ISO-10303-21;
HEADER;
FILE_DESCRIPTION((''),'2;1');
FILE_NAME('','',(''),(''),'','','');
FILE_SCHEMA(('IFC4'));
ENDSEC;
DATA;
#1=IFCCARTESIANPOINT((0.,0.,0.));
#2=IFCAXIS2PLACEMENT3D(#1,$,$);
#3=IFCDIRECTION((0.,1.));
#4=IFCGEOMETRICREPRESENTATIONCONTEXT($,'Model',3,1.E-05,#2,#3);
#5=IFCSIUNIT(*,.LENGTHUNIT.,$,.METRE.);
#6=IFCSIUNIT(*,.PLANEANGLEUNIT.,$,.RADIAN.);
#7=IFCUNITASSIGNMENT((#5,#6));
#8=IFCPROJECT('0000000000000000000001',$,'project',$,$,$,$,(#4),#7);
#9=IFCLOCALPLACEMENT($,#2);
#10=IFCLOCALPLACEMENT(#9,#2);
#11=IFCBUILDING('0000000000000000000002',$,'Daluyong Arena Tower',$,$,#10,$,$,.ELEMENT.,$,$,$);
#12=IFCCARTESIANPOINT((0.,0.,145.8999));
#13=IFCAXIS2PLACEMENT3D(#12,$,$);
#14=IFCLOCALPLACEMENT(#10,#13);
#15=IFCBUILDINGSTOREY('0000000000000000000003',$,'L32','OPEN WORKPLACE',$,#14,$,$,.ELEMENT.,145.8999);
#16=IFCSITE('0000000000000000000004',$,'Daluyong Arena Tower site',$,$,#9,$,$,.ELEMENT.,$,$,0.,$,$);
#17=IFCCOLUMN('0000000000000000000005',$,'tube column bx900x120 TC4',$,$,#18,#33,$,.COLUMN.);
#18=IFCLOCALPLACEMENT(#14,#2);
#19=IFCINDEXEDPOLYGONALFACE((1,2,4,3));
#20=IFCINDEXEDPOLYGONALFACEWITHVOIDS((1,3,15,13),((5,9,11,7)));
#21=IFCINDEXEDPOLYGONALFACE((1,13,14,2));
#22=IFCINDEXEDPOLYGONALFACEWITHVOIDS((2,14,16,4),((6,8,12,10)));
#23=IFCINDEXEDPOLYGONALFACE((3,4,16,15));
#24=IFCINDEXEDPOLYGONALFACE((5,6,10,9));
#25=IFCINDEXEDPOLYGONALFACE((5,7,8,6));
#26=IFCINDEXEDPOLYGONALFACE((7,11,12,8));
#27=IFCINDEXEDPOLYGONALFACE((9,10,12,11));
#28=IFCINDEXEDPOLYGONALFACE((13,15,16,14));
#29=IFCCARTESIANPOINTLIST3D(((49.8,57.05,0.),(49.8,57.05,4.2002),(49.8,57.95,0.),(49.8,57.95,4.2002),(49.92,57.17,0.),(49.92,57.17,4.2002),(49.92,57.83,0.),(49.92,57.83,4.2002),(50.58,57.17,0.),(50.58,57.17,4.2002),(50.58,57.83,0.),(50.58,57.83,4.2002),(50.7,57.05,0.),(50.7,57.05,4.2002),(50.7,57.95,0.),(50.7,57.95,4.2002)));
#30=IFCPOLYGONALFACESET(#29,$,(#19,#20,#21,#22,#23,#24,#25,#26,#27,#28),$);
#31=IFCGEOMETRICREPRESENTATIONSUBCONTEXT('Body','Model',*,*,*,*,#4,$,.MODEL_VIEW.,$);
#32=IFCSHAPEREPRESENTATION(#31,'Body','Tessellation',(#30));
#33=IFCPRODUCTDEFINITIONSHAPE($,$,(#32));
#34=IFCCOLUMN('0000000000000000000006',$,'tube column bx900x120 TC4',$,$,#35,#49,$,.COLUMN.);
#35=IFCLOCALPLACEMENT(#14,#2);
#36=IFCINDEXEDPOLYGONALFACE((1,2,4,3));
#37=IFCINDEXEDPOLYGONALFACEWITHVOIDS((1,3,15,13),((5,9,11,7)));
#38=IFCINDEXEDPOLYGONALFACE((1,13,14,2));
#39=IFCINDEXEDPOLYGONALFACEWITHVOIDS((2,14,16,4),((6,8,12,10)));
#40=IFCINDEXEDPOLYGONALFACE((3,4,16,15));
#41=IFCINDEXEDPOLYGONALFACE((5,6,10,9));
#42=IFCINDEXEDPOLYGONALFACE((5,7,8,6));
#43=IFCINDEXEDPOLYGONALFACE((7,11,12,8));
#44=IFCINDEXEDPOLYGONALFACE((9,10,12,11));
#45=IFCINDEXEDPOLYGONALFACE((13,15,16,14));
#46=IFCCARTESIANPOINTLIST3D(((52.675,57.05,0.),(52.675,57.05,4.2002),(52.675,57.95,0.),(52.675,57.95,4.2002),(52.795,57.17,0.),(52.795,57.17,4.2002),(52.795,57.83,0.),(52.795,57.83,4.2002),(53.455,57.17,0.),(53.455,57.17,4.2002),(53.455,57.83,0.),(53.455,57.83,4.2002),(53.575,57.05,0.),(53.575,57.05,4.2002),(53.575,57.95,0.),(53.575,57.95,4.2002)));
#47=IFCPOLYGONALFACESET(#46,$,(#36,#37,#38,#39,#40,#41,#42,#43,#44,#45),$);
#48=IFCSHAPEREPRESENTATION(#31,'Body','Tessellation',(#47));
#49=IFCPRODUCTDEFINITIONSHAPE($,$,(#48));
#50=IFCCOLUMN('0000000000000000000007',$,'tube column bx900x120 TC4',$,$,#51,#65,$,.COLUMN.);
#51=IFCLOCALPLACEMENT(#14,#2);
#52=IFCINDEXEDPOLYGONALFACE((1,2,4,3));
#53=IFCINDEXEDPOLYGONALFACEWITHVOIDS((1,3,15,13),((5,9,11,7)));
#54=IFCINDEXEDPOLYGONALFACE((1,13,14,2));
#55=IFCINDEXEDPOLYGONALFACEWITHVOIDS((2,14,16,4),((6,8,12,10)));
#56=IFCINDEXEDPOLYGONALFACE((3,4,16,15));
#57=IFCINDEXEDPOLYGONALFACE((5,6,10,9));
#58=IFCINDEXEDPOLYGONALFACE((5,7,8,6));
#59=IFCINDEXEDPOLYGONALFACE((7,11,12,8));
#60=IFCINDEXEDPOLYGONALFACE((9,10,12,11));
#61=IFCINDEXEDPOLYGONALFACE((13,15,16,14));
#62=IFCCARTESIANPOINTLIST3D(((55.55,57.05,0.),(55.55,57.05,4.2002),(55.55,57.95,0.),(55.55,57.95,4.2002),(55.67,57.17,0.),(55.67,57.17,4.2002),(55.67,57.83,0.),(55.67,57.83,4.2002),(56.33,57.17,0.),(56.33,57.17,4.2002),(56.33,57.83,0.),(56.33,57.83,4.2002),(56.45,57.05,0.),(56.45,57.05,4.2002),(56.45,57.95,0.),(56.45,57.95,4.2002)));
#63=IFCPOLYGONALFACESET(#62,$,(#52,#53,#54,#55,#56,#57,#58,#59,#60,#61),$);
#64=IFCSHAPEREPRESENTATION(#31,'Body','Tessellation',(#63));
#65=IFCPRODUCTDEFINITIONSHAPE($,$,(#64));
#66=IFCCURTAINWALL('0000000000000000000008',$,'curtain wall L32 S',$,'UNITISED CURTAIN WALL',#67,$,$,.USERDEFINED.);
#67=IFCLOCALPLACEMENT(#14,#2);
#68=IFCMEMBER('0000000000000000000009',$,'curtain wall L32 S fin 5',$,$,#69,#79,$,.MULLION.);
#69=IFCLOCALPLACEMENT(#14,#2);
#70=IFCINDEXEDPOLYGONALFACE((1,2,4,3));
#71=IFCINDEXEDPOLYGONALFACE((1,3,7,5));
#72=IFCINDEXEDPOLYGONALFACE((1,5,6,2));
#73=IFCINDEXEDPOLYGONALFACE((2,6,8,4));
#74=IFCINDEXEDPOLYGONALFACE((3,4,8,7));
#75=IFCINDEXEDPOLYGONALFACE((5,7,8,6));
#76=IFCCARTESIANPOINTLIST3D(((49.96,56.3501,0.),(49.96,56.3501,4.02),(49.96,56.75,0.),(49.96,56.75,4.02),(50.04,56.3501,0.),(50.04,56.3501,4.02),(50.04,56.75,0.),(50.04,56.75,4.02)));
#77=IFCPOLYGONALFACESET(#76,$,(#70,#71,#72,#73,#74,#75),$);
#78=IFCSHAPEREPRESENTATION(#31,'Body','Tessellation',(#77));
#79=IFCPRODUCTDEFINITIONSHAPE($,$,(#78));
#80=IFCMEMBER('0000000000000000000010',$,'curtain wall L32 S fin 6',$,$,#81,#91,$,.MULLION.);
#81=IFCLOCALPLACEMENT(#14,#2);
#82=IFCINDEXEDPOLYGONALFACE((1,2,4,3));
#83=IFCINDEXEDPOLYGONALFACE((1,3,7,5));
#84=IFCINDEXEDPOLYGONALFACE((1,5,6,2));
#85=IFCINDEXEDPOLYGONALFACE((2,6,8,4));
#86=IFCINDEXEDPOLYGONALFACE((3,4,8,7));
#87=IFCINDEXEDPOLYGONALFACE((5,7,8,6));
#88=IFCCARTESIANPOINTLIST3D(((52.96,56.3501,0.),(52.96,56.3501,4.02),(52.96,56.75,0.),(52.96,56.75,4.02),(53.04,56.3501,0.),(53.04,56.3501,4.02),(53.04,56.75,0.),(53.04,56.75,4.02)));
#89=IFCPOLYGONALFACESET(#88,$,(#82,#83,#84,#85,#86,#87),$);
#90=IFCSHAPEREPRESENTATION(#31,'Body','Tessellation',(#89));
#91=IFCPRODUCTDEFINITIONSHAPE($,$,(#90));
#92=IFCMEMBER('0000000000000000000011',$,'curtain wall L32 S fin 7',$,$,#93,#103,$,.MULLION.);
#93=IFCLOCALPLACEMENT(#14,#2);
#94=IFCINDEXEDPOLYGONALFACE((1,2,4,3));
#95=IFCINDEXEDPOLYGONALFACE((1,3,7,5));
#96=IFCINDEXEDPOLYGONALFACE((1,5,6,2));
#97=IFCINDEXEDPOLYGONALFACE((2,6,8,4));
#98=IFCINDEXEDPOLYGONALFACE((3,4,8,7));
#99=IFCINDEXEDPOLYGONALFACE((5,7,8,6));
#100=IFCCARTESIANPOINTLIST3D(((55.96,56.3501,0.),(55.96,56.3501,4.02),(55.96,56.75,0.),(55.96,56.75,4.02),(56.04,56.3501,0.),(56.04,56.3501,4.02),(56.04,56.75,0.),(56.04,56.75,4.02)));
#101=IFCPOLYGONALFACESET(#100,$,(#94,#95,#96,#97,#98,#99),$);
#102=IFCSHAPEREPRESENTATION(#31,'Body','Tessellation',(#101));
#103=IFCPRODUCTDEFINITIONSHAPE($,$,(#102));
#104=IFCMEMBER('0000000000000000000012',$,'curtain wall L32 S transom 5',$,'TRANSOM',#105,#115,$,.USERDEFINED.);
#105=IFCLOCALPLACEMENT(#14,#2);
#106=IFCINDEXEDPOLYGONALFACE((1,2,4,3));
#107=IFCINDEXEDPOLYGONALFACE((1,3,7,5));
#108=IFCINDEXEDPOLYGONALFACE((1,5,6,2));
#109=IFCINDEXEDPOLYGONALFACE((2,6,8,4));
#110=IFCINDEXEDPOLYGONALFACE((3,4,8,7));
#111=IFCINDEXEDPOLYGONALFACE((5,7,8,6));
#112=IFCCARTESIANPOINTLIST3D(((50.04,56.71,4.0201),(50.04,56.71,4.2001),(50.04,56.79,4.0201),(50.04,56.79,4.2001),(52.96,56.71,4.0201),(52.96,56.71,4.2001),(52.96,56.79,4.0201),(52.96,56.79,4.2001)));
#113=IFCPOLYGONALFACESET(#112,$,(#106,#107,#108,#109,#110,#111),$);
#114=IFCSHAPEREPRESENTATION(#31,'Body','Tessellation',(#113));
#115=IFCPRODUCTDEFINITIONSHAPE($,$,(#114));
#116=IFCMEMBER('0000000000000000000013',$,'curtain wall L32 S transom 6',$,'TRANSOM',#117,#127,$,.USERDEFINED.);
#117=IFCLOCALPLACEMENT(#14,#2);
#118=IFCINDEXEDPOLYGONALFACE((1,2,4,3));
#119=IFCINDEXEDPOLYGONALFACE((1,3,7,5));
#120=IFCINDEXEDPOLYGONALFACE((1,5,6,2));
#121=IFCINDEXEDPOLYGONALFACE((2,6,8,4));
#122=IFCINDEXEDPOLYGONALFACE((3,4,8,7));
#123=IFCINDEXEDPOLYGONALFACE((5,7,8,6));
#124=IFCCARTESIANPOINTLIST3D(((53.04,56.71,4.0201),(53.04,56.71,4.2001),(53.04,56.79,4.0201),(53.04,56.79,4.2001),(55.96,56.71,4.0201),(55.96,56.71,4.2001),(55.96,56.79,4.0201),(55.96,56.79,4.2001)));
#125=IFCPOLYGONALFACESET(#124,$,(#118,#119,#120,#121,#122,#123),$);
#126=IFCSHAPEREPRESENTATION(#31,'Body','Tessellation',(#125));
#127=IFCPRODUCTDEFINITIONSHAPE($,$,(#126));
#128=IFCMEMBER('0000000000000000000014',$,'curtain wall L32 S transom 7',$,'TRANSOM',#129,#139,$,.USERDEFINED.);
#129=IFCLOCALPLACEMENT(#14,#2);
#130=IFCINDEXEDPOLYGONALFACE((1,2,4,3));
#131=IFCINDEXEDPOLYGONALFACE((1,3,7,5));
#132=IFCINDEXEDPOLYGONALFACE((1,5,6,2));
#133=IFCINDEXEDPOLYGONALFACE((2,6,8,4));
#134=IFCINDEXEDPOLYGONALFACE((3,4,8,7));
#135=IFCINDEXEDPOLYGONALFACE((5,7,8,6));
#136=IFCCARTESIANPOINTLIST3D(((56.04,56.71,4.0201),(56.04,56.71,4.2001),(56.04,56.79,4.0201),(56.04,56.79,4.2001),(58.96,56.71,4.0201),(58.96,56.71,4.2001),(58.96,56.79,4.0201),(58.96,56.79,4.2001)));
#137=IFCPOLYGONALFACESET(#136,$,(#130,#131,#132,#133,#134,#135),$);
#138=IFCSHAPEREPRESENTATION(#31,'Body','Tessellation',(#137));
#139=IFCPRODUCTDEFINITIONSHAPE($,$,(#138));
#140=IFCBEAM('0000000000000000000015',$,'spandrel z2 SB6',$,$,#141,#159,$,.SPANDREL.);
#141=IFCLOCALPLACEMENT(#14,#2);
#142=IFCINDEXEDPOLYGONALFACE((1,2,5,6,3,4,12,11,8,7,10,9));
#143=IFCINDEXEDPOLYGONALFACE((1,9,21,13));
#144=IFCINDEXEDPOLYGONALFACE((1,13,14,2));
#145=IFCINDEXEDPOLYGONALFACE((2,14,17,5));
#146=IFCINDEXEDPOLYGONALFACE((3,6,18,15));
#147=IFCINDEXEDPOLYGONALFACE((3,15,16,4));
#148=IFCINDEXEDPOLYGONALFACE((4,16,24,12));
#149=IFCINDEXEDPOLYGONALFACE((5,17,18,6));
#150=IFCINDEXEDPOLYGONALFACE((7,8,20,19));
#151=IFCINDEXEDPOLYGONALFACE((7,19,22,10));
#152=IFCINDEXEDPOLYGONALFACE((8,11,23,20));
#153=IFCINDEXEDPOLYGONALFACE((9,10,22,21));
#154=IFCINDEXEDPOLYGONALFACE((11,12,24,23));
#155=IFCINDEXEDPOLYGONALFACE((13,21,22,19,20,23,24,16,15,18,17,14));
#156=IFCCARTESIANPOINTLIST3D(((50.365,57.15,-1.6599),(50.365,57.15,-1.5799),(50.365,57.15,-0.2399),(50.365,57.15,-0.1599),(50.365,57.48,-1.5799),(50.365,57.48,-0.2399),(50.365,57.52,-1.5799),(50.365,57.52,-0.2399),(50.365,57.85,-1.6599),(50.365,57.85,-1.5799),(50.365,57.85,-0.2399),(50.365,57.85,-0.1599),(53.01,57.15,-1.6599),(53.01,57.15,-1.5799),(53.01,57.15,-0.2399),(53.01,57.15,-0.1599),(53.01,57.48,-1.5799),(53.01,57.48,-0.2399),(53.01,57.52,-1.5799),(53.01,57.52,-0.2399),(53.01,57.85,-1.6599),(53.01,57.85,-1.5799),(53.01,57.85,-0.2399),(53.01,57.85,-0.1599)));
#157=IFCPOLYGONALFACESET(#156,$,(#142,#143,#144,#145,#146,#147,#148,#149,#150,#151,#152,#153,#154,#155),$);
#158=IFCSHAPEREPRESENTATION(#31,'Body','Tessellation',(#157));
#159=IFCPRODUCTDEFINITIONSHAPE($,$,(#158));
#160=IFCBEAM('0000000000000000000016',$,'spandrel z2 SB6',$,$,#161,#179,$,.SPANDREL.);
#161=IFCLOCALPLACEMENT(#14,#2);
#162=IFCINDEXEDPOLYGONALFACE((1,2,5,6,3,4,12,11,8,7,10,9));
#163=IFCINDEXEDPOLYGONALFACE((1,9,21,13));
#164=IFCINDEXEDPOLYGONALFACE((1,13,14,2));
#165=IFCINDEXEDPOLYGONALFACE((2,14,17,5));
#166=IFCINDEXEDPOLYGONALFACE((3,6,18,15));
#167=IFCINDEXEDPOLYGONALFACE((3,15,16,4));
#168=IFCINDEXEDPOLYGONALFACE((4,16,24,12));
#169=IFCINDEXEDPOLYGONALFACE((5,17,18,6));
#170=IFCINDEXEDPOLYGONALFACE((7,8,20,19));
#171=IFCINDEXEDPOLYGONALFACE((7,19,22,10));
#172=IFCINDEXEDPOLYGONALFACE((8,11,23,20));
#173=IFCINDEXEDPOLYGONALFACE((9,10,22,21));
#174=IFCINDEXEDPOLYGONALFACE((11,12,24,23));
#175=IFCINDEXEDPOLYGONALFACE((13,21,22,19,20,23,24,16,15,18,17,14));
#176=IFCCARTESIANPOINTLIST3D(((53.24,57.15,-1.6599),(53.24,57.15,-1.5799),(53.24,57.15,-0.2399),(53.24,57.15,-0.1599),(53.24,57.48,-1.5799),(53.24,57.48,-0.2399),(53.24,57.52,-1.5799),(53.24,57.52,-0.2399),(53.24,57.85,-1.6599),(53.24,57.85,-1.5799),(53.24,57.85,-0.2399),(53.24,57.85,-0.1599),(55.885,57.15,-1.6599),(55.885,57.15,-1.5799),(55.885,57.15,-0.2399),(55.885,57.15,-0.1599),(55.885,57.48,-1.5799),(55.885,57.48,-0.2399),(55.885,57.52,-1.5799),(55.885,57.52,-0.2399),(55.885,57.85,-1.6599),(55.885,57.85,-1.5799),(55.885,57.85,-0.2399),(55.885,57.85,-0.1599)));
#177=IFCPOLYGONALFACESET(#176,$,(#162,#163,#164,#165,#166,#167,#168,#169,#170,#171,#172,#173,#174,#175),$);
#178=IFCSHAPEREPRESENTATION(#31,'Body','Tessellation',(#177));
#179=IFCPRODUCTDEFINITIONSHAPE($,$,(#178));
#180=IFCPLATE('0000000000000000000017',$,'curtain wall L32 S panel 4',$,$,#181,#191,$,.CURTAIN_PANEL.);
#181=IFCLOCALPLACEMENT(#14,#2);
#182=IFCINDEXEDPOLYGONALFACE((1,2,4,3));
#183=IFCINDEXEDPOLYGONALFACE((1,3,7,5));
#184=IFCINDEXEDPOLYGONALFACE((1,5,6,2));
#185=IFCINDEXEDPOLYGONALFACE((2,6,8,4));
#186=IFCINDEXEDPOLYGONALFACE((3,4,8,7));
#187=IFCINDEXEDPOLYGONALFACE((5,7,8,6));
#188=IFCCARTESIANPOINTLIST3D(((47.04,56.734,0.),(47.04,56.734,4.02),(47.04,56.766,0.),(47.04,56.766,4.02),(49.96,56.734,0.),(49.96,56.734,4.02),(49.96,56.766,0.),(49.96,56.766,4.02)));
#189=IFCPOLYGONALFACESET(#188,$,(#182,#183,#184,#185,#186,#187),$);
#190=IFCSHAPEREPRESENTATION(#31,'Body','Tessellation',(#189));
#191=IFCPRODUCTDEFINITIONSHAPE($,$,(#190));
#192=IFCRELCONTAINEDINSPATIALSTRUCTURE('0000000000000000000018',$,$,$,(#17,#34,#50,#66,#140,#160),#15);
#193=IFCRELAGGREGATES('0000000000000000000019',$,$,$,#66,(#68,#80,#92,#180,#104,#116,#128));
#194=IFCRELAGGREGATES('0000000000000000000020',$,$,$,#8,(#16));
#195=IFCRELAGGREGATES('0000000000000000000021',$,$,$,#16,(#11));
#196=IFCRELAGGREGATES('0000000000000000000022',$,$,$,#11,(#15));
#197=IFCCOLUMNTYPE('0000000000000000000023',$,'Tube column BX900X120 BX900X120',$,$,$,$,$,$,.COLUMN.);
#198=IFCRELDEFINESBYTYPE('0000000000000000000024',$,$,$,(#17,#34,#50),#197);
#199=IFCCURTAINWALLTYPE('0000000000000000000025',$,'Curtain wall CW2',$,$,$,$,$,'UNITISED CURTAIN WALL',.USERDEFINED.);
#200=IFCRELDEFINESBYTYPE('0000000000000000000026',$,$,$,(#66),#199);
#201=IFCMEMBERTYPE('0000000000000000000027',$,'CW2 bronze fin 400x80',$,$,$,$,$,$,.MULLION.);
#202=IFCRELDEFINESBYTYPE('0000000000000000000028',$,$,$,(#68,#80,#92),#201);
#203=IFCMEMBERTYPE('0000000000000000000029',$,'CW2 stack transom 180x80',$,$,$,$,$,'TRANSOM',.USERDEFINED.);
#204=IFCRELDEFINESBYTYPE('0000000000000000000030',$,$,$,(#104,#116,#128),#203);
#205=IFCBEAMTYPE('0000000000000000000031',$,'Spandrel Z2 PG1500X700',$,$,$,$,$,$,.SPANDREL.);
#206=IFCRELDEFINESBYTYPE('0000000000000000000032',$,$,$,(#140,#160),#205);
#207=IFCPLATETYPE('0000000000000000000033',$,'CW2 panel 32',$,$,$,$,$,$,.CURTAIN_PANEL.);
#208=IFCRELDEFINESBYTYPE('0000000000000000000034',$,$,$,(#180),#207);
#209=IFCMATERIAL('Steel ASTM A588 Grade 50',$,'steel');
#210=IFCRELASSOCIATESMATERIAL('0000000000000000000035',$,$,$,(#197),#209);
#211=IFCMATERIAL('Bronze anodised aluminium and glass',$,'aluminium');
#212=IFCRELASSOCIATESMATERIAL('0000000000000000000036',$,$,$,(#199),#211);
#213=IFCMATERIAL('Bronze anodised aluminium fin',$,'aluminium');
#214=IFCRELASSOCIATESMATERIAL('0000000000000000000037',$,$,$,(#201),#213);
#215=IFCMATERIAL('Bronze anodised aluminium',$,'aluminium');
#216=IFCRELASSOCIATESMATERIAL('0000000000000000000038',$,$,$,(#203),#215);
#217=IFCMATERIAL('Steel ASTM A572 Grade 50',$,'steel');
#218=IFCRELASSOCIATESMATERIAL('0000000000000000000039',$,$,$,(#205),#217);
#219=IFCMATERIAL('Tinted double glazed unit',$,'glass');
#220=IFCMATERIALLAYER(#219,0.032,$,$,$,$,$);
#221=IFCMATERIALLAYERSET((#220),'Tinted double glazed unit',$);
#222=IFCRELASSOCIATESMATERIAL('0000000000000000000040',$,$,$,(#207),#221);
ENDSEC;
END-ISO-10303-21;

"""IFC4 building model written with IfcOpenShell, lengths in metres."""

from ifc_helpers import new_model, si_unit, direction, frame, origin, origin_2d, place, context, subcontext, project, spatial, rectangle, hollow_rectangle, i_section, extrude, material, layer, layer_set, material_profile, profile_set, type_object, element, aggregate, save


model = new_model("IFC4")

# Units and contexts
model_context = context("Model", 3, precision=1e-05, world=origin(), true_north=direction((0.0, 1.0)))
body_context = subcontext(model_context, "Body", "Model", "MODEL_VIEW")
ifc_project = project(units=[si_unit("LENGTHUNIT", "METRE"), si_unit("PLANEANGLEUNIT", "RADIAN")], contexts=[model_context])

# Site, building, storey
site_placement = place(None, origin())
site = spatial("IfcSite", under=ifc_project, at=site_placement, Name="Daluyong Arena Tower site", CompositionType="ELEMENT", RefElevation=0.0)
building_placement = place(site_placement, origin())
building = spatial("IfcBuilding", under=site, at=building_placement, Name="Daluyong Arena Tower", CompositionType="ELEMENT")
storey_placement = place(building_placement, frame((0.0, 0.0, 145.8999)))
storey = spatial("IfcBuildingStorey", under=building, at=storey_placement, Name="L32", Description="OPEN WORKPLACE", CompositionType="ELEMENT", Elevation=145.8999)

# Columns
ifc_material_1 = material(Name="Steel ASTM A588 Grade 50", Category="steel")
ifc_material_profile_1 = material_profile(ifc_material_1, hollow_rectangle(XDim=0.8999, YDim=0.8999, WallThickness=0.12, at=origin_2d()))
ifc_profile_set_1 = profile_set([ifc_material_profile_1], Name="Steel ASTM A588 Grade 50")
column_type = type_object("IfcColumnType", Name="Tube column BX900X120 BX900X120", PredefinedType="COLUMN", material=ifc_profile_set_1)
for number, where, z_axis, x_axis, name in (
    (1, (50.25, 57.5, 0.0), (0.0, 0.0, 1.0), (1.0, 0.0, 0.0), "tube column bx900x120 TC4"),
    (2, (53.125, 57.5, 0.0), (0.0, 0.0, 1.0), (1.0, 0.0, 0.0), "tube column bx900x120 TC4"),
    (3, (56.0, 57.5, 0.0), (0.0, 0.0, 1.0), (1.0, 0.0, 0.0), "tube column bx900x120 TC4"),
):
    element("IfcColumn", number, at=place(storey_placement, frame(where, z_axis=z_axis, x_axis=x_axis)), inside=storey, type_object=column_type, Name=name, PredefinedType="COLUMN", context=body_context, shape_type="SweptSolid", body=[
        extrude(hollow_rectangle(XDim=0.8999, YDim=0.8999, WallThickness=0.12, at=origin_2d()), origin(), (0.0, 0.0, 1.0), 4.2002),
    ])

# Curtain wall, members
ifc_material_2 = material(Name="Bronze anodised aluminium and glass", Category="aluminium")
curtain_wall_type = type_object("IfcCurtainWallType", Name="Curtain wall CW2", ElementType="UNITISED CURTAIN WALL", PredefinedType="USERDEFINED", material=ifc_material_2)
curtain_wall_placement = place(storey_placement, origin())
curtain_wall = element("IfcCurtainWall", 4, at=curtain_wall_placement, inside=storey, type_object=curtain_wall_type, Name="curtain wall L32 S", ObjectType="UNITISED CURTAIN WALL", PredefinedType="USERDEFINED")
ifc_material_3 = material(Name="Bronze anodised aluminium fin", Category="aluminium")
ifc_material_profile_2 = material_profile(ifc_material_3, rectangle(XDim=0.3999, YDim=0.0801, at=origin_2d()))
ifc_profile_set_2 = profile_set([ifc_material_profile_2], Name="Bronze anodised aluminium fin")
member_type_1 = type_object("IfcMemberType", Name="CW2 bronze fin 400x80", PredefinedType="MULLION", material=ifc_profile_set_2)
member_1_placement = place(storey_placement, frame((50.0, 56.55, 0.0), z_axis=(0.0, 0.0, 1.0), x_axis=(0.0, 1.0, 0.0)))
member_1 = element("IfcMember", 5, at=member_1_placement, type_object=member_type_1, Name="curtain wall L32 S fin 5", PredefinedType="MULLION", context=body_context, shape_type="SweptSolid", body=[
    extrude(rectangle(XDim=0.3999, YDim=0.0801, at=origin_2d()), origin(), (0.0, 0.0, 1.0), 4.02),
])
member_2_placement = place(storey_placement, frame((53.0, 56.55, 0.0), z_axis=(0.0, 0.0, 1.0), x_axis=(0.0, 1.0, 0.0)))
member_2 = element("IfcMember", 6, at=member_2_placement, type_object=member_type_1, Name="curtain wall L32 S fin 6", PredefinedType="MULLION", context=body_context, shape_type="SweptSolid", body=[
    extrude(rectangle(XDim=0.3999, YDim=0.0801, at=origin_2d()), origin(), (0.0, 0.0, 1.0), 4.02),
])
member_3_placement = place(storey_placement, frame((56.0, 56.55, 0.0), z_axis=(0.0, 0.0, 1.0), x_axis=(0.0, 1.0, 0.0)))
member_3 = element("IfcMember", 7, at=member_3_placement, type_object=member_type_1, Name="curtain wall L32 S fin 7", PredefinedType="MULLION", context=body_context, shape_type="SweptSolid", body=[
    extrude(rectangle(XDim=0.3999, YDim=0.0801, at=origin_2d()), origin(), (0.0, 0.0, 1.0), 4.02),
])
ifc_material_4 = material(Name="Bronze anodised aluminium", Category="aluminium")
ifc_material_profile_3 = material_profile(ifc_material_4, rectangle(XDim=0.0801, YDim=0.1799, at=origin_2d()))
ifc_profile_set_3 = profile_set([ifc_material_profile_3], Name="Bronze anodised aluminium")
member_type_2 = type_object("IfcMemberType", Name="CW2 stack transom 180x80", ElementType="TRANSOM", PredefinedType="USERDEFINED", material=ifc_profile_set_3)
member_4_placement = place(storey_placement, frame((50.04, 56.75, 4.1101), z_axis=(1.0, 0.0, 0.0), x_axis=(0.0, 1.0, 0.0)))
member_4 = element("IfcMember", 8, at=member_4_placement, type_object=member_type_2, Name="curtain wall L32 S transom 5", ObjectType="TRANSOM", PredefinedType="USERDEFINED", context=body_context, shape_type="SweptSolid", body=[
    extrude(rectangle(XDim=0.0801, YDim=0.1799, at=origin_2d()), origin(), (0.0, 0.0, 1.0), 2.9199),
])
member_5_placement = place(storey_placement, frame((53.04, 56.75, 4.1101), z_axis=(1.0, 0.0, 0.0), x_axis=(0.0, 1.0, 0.0)))
member_5 = element("IfcMember", 9, at=member_5_placement, type_object=member_type_2, Name="curtain wall L32 S transom 6", ObjectType="TRANSOM", PredefinedType="USERDEFINED", context=body_context, shape_type="SweptSolid", body=[
    extrude(rectangle(XDim=0.0801, YDim=0.1799, at=origin_2d()), origin(), (0.0, 0.0, 1.0), 2.9199),
])
member_6_placement = place(storey_placement, frame((56.04, 56.75, 4.1101), z_axis=(1.0, 0.0, 0.0), x_axis=(0.0, 1.0, 0.0)))
member_6 = element("IfcMember", 10, at=member_6_placement, type_object=member_type_2, Name="curtain wall L32 S transom 7", ObjectType="TRANSOM", PredefinedType="USERDEFINED", context=body_context, shape_type="SweptSolid", body=[
    extrude(rectangle(XDim=0.0801, YDim=0.1799, at=origin_2d()), origin(), (0.0, 0.0, 1.0), 2.9199),
])

# Beams
ifc_material_5 = material(Name="Steel ASTM A572 Grade 50", Category="steel")
ifc_material_profile_4 = material_profile(ifc_material_5, i_section(OverallWidth=0.7, OverallDepth=1.5, WebThickness=0.04, FlangeThickness=0.08, at=origin_2d()))
ifc_profile_set_4 = profile_set([ifc_material_profile_4], Name="Steel ASTM A572 Grade 50")
beam_type = type_object("IfcBeamType", Name="Spandrel Z2 PG1500X700", PredefinedType="SPANDREL", material=ifc_profile_set_4)
for number, where, z_axis, x_axis, name in (
    (11, (50.365, 57.5, -0.9099), (1.0, 0.0, 0.0), (0.0, 1.0, 0.0), "spandrel z2 SB6"),
    (12, (53.24, 57.5, -0.9099), (1.0, 0.0, 0.0), (0.0, 1.0, 0.0), "spandrel z2 SB6"),
):
    element("IfcBeam", number, at=place(storey_placement, frame(where, z_axis=z_axis, x_axis=x_axis)), inside=storey, type_object=beam_type, Name=name, PredefinedType="SPANDREL", context=body_context, shape_type="SweptSolid", body=[
        extrude(i_section(OverallWidth=0.7, OverallDepth=1.5, WebThickness=0.04, FlangeThickness=0.08, at=origin_2d()), origin(), (0.0, 0.0, 1.0), 2.645),
    ])

# Plate
ifc_material_6 = material(Name="Tinted double glazed unit", Category="glass")
ifc_layer = layer(ifc_material_6, 0.032)
ifc_layer_set = layer_set([ifc_layer], Name="Tinted double glazed unit")
plate_type = type_object("IfcPlateType", Name="CW2 panel 32", PredefinedType="CURTAIN_PANEL", material=ifc_layer_set)
plate_1_placement = place(storey_placement, frame((48.5, 56.75, 0.0), z_axis=(0.0, 0.0, 1.0), x_axis=(1.0, 0.0, 0.0)))
plate_1 = element("IfcPlate", 13, at=plate_1_placement, type_object=plate_type, Name="curtain wall L32 S panel 4", PredefinedType="CURTAIN_PANEL", context=body_context, shape_type="SweptSolid", body=[
    extrude(rectangle(XDim=2.9199, YDim=0.032, at=origin_2d()), origin(), (0.0, 0.0, 1.0), 4.02),
])
aggregate(curtain_wall, [member_1, member_2, member_3, plate_1, member_4, member_5, member_6])

save(model, "model.ifc")
